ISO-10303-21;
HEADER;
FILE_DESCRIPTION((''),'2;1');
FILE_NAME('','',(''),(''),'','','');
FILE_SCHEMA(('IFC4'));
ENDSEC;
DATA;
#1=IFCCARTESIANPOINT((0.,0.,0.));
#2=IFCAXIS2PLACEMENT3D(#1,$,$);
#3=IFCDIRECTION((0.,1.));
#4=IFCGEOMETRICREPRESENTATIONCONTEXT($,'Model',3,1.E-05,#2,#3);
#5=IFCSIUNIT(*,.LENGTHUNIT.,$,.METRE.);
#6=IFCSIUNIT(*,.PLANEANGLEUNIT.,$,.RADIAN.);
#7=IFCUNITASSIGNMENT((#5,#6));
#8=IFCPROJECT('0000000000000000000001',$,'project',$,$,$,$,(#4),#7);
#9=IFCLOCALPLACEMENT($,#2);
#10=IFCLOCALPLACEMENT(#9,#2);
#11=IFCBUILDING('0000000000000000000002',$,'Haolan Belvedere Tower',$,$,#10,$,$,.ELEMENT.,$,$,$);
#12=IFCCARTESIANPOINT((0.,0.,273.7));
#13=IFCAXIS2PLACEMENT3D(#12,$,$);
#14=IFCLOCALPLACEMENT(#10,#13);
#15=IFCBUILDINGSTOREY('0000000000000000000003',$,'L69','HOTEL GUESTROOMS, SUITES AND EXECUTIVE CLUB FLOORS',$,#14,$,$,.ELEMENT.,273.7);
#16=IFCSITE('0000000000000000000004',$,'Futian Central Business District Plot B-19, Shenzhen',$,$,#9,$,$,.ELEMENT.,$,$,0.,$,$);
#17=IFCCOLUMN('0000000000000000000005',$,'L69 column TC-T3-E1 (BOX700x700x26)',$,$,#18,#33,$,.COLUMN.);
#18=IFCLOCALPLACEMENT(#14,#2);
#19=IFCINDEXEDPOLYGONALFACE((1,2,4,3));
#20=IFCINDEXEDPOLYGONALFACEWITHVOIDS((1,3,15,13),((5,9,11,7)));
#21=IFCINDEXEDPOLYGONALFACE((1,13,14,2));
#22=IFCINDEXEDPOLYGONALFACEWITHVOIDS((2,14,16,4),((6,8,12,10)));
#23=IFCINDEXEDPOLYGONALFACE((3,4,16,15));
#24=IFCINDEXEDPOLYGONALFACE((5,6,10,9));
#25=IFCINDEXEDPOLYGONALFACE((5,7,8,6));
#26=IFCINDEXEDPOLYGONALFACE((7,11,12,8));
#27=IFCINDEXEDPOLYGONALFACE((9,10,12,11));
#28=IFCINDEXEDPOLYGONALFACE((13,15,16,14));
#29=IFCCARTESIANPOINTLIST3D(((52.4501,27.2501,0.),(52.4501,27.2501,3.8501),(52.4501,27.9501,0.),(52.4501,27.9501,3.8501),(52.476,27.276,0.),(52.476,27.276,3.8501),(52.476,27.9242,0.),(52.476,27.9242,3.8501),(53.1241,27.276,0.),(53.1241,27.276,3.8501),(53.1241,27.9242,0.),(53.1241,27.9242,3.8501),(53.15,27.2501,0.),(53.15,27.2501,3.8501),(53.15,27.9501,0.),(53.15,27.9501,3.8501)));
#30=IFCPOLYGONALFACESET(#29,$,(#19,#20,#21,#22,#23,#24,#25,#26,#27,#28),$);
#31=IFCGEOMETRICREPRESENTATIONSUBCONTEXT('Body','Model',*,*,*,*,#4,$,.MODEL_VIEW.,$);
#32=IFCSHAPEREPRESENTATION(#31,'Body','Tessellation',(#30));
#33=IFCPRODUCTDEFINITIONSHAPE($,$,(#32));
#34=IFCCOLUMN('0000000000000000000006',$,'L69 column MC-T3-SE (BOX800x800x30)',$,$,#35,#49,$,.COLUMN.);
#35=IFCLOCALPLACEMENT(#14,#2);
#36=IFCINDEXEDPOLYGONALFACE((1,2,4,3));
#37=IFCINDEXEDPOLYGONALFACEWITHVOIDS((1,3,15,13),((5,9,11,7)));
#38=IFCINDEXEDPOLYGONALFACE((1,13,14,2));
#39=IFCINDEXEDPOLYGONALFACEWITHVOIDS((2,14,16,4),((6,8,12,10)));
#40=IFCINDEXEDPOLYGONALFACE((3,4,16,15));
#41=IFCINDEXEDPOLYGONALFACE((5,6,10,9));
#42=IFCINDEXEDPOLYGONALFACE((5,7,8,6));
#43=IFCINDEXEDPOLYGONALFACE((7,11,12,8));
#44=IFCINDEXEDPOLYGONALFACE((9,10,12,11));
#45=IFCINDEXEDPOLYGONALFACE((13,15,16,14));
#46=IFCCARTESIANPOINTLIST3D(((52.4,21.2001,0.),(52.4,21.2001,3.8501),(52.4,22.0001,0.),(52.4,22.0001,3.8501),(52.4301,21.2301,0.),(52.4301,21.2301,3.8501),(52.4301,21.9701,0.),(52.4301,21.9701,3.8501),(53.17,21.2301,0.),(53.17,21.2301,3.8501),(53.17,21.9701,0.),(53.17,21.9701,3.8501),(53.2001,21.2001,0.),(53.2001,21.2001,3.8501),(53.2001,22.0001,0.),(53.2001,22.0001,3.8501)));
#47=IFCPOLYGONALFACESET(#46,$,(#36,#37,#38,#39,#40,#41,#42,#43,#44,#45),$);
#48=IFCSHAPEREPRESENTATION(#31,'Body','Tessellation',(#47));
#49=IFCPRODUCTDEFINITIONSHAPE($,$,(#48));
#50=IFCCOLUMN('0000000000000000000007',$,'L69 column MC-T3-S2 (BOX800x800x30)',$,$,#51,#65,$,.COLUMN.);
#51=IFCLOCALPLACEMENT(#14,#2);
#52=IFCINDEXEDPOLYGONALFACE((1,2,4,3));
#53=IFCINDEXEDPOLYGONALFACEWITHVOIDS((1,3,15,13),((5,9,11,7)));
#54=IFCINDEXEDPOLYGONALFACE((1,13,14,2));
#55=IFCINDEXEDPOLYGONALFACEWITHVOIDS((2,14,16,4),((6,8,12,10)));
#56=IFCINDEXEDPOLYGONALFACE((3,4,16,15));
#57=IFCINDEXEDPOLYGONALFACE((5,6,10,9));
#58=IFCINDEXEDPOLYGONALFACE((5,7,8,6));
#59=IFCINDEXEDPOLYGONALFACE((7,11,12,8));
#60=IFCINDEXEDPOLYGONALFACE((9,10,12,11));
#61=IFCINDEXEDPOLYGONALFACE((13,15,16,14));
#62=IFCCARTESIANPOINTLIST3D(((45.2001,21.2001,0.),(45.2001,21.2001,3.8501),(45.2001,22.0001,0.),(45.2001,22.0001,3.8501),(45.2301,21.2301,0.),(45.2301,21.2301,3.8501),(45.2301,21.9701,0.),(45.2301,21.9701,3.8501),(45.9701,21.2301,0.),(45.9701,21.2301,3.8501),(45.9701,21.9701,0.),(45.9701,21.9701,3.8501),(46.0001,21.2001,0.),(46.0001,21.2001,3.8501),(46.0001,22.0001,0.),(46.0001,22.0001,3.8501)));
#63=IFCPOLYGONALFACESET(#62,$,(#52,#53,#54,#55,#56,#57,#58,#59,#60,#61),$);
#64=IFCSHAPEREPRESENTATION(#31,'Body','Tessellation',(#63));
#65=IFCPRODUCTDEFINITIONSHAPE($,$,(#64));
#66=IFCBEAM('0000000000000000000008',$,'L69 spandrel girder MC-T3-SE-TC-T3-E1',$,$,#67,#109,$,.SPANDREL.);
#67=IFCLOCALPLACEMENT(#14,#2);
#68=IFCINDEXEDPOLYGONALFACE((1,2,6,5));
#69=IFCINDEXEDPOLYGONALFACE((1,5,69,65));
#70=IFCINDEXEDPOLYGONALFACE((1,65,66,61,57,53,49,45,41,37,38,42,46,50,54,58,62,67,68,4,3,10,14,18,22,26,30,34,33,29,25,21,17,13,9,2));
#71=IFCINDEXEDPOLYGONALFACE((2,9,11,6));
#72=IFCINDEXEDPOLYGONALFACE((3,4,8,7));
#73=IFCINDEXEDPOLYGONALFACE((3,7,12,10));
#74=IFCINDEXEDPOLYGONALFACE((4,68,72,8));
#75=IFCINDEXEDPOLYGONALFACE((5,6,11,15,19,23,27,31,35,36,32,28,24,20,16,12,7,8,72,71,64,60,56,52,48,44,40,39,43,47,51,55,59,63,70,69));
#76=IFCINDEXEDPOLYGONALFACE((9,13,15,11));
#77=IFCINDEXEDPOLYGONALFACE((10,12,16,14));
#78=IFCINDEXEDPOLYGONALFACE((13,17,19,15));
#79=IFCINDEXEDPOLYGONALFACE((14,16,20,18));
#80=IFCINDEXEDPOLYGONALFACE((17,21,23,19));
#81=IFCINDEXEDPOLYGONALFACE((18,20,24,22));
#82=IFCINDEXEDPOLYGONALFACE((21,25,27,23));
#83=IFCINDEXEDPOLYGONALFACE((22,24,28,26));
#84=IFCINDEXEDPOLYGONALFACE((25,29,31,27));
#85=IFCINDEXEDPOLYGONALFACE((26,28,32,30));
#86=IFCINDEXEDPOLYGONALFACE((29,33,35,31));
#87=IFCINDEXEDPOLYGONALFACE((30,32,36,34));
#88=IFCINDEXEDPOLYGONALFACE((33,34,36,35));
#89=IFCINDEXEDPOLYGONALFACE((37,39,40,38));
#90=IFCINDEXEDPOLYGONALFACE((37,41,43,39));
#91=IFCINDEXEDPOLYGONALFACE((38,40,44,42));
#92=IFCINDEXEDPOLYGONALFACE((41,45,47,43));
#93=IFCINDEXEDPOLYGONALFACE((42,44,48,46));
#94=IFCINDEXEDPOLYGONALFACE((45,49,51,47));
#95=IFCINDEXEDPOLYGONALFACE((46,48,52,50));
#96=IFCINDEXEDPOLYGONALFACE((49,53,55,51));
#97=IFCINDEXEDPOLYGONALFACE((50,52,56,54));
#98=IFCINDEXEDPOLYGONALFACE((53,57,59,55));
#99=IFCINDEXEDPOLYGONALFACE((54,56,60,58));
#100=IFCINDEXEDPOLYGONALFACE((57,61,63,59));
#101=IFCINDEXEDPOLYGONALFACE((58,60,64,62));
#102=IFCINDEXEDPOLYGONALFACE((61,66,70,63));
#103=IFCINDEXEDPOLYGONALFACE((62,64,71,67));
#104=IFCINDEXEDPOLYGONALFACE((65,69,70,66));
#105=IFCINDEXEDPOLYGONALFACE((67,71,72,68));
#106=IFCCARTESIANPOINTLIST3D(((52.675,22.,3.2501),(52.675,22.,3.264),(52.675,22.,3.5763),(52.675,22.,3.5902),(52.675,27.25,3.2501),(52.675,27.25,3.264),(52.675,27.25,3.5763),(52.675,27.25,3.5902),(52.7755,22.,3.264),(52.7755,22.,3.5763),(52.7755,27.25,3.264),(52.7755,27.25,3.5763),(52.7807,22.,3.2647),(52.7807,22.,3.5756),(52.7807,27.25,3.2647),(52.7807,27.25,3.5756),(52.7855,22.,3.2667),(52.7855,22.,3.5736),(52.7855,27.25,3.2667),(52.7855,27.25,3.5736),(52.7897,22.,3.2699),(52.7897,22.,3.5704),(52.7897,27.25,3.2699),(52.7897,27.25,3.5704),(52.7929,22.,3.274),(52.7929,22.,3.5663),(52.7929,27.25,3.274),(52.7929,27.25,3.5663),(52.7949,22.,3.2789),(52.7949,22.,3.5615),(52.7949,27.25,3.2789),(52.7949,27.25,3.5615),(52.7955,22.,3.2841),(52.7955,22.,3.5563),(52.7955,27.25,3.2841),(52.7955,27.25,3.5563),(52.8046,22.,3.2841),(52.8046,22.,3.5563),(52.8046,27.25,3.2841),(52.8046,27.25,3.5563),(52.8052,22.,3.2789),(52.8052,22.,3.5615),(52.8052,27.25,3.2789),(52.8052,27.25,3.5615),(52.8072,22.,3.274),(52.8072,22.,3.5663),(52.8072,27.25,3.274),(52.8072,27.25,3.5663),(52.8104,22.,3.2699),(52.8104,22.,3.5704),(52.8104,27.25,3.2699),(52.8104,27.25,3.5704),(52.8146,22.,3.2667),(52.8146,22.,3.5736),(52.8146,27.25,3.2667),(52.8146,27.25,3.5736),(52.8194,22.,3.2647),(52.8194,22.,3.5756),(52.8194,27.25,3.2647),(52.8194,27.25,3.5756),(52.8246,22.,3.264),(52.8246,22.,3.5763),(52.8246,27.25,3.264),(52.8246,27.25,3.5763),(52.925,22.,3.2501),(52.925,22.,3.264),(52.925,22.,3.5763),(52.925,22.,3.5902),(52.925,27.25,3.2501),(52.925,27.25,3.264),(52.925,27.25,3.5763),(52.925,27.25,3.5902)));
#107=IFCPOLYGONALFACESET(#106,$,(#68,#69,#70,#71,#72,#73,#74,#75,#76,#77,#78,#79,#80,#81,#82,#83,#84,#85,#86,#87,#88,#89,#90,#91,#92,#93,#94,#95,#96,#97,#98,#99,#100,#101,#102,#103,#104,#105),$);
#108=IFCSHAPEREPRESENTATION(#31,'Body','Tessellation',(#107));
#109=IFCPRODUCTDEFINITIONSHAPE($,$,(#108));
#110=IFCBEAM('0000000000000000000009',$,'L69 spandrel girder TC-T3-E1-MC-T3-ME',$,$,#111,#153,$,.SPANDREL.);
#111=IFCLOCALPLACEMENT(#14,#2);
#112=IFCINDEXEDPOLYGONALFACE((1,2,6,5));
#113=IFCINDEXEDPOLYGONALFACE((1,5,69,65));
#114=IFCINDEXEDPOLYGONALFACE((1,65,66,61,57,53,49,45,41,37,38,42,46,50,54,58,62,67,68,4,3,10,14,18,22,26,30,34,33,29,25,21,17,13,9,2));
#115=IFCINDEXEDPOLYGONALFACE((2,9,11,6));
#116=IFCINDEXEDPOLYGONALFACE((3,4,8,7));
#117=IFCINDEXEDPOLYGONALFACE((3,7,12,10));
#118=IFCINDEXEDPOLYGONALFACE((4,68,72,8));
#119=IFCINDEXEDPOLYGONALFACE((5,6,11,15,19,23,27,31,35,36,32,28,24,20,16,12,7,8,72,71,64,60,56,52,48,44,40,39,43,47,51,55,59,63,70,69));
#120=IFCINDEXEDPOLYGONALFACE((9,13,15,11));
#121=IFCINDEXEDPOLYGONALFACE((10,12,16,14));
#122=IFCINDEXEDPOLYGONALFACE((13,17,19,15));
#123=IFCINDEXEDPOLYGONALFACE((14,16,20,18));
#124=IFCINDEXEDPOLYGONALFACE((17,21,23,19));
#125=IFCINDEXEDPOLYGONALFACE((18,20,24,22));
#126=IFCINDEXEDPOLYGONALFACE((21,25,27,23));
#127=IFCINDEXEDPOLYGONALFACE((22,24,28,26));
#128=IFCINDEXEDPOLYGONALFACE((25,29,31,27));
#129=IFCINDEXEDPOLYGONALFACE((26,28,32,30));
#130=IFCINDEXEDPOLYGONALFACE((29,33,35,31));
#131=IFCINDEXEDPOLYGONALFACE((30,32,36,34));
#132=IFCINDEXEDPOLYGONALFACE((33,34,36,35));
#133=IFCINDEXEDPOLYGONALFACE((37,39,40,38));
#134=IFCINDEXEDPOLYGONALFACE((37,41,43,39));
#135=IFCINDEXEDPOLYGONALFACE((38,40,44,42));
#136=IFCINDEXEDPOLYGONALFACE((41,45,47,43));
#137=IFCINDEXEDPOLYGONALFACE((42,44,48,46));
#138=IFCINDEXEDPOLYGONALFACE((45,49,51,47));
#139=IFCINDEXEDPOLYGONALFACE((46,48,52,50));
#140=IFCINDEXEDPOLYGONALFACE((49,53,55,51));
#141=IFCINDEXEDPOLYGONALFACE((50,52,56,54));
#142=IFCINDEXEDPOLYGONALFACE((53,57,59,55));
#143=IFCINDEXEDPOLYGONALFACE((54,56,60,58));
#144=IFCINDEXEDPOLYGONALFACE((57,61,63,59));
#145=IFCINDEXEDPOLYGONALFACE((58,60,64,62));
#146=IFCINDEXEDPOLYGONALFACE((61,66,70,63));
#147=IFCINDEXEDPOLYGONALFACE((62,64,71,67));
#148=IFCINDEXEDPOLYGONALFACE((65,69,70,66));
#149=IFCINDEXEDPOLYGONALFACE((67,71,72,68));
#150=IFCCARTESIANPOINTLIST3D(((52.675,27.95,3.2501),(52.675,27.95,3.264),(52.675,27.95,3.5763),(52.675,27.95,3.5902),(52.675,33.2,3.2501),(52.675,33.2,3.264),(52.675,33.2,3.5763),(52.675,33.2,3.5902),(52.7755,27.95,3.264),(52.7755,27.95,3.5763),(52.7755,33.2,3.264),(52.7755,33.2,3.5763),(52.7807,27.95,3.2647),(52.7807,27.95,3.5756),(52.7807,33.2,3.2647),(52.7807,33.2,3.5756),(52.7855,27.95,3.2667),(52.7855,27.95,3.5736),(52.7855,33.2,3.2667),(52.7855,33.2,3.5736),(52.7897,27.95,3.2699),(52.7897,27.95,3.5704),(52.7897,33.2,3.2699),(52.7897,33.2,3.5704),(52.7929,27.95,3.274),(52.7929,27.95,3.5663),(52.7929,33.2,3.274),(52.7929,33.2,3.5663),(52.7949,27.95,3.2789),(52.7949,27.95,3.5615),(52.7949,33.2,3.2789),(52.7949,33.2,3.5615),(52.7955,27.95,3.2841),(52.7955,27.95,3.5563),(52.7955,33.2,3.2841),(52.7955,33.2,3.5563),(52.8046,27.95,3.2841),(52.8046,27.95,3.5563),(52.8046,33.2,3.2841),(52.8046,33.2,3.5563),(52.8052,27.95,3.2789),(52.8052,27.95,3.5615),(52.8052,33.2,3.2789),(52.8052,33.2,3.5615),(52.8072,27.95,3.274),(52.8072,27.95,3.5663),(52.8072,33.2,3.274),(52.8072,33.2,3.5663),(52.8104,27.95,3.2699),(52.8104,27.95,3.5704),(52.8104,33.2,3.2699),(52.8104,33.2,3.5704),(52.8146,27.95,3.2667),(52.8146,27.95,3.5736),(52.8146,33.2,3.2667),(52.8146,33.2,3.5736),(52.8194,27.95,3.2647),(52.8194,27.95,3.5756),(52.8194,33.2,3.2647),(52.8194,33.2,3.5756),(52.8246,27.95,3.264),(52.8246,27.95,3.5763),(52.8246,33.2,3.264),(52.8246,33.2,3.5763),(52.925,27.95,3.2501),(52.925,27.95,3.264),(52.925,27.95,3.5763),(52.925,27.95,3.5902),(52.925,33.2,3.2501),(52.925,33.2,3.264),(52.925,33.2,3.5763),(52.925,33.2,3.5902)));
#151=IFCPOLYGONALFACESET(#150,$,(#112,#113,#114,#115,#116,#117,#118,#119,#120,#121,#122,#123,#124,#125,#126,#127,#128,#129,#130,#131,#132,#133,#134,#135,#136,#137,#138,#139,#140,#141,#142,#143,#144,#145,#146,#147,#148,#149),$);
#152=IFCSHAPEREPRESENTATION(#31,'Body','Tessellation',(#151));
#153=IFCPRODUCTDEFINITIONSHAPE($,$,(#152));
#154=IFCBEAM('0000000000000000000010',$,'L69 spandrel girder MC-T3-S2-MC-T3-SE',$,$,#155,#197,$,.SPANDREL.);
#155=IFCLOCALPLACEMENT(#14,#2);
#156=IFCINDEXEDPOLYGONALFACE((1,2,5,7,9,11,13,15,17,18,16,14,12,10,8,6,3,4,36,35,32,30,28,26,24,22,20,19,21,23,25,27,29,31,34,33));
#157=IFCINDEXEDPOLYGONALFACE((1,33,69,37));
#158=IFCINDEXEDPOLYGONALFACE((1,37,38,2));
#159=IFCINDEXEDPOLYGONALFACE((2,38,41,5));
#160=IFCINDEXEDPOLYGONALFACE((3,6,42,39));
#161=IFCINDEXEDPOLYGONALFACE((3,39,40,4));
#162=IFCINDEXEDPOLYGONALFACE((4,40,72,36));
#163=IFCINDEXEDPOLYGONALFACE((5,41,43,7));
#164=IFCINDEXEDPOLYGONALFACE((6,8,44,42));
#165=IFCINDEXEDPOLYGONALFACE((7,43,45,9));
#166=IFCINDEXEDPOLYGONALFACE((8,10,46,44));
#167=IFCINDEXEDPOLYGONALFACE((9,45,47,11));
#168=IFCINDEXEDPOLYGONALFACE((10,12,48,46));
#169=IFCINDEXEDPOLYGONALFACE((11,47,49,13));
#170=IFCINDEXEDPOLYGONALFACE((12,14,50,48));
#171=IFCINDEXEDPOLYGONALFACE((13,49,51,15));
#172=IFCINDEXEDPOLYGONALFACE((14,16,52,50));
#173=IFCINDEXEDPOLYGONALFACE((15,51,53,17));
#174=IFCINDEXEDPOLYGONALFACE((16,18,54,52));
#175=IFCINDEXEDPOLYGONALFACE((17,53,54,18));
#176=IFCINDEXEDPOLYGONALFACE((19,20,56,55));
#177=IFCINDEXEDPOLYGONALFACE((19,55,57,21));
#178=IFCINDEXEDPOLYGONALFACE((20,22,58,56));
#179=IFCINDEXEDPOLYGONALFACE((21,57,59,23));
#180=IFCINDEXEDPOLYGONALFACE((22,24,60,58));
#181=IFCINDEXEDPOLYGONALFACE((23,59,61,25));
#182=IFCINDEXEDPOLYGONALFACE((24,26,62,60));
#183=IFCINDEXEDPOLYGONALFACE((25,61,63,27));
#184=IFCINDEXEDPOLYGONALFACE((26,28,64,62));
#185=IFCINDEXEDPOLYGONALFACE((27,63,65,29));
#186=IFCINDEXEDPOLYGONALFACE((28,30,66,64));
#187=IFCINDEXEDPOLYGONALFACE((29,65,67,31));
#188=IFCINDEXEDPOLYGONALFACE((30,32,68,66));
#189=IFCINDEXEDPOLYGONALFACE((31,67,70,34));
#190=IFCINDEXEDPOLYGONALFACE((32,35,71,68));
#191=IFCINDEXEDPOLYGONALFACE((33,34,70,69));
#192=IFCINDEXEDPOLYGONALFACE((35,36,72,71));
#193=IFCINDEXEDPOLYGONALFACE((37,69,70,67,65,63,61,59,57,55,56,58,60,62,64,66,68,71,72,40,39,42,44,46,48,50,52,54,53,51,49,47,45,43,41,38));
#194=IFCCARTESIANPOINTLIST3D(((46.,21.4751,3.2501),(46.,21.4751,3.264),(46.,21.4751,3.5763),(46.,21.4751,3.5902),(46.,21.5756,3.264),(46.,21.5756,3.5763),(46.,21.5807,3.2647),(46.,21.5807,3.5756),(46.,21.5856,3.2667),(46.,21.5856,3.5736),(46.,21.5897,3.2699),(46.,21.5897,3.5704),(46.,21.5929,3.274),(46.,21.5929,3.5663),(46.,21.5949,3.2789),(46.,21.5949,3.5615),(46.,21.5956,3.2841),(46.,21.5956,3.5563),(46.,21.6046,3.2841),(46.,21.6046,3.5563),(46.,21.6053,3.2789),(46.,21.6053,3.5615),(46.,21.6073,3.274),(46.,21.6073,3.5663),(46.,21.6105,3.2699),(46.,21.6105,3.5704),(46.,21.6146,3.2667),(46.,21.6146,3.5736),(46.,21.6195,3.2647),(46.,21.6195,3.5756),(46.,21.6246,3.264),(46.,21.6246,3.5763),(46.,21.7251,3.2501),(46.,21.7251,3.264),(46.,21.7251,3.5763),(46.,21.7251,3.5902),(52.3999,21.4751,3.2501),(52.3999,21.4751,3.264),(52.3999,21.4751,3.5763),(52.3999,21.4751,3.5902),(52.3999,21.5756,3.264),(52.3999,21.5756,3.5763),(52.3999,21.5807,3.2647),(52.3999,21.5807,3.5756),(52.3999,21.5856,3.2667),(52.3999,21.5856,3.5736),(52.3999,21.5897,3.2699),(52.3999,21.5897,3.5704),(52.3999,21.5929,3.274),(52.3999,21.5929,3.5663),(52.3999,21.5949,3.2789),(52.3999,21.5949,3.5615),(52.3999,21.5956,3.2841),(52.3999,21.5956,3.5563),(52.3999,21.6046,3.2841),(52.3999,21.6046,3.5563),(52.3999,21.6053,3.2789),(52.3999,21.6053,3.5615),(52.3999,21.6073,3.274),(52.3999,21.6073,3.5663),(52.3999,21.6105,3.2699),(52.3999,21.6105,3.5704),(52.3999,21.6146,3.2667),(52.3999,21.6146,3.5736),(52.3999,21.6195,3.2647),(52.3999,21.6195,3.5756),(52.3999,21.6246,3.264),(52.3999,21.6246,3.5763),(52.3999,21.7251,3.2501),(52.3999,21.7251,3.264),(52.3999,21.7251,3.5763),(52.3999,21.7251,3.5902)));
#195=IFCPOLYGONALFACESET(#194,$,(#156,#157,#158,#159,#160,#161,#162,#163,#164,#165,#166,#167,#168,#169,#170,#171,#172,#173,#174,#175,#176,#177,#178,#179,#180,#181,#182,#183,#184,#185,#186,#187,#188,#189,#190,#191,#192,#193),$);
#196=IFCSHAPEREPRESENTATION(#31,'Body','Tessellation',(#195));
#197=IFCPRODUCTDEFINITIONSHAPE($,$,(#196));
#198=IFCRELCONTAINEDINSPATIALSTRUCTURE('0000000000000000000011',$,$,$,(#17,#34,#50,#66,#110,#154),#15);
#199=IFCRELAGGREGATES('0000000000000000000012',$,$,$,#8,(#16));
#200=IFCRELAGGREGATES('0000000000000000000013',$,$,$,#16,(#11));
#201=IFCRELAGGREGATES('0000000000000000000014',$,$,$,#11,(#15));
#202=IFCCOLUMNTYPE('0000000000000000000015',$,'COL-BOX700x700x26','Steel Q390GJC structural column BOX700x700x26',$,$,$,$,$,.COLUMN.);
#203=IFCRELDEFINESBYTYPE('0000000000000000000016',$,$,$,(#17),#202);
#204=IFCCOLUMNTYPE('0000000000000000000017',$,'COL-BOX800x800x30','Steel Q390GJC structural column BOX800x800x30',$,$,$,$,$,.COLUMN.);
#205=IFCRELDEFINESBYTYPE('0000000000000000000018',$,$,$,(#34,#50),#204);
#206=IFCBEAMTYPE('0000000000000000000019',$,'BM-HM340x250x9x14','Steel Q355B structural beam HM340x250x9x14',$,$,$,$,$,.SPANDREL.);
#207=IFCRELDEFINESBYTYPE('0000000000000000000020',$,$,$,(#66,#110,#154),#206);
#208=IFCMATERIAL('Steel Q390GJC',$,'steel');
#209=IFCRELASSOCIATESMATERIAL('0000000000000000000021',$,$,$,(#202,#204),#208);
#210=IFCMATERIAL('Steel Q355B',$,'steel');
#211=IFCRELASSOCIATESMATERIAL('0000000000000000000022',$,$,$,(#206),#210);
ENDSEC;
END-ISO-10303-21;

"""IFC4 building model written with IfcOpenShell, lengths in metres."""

from ifc_helpers import new_model, si_unit, direction, frame, origin, origin_2d, place, context, subcontext, project, spatial, hollow_rectangle, i_section, extrude, material, material_profile, profile_set, type_object, element, save


model = new_model("IFC4")

# Units and contexts
model_context = context("Model", 3, precision=1e-05, world=origin(), true_north=direction((0.0, 1.0)))
body_context = subcontext(model_context, "Body", "Model", "MODEL_VIEW")
ifc_project = project(units=[si_unit("LENGTHUNIT", "METRE"), si_unit("PLANEANGLEUNIT", "RADIAN")], contexts=[model_context])

# Site, building, storey
site_placement = place(None, origin())
site = spatial("IfcSite", under=ifc_project, at=site_placement, Name="Futian Central Business District Plot B-19, Shenzhen", CompositionType="ELEMENT", RefElevation=0.0)
building_placement = place(site_placement, origin())
building = spatial("IfcBuilding", under=site, at=building_placement, Name="Haolan Belvedere Tower", CompositionType="ELEMENT")
storey_placement = place(building_placement, frame((0.0, 0.0, 273.7)))
storey = spatial("IfcBuildingStorey", under=building, at=storey_placement, Name="L69", Description="HOTEL GUESTROOMS, SUITES AND EXECUTIVE CLUB FLOORS", CompositionType="ELEMENT", Elevation=273.7)

# Columns
ifc_material_1 = material(Name="Steel Q390GJC", Category="steel")
ifc_material_profile_1 = material_profile(ifc_material_1, hollow_rectangle(XDim=0.7, YDim=0.7, WallThickness=0.0259, at=origin_2d()), Name="Steel Q390GJC")
ifc_profile_set_1 = profile_set([ifc_material_profile_1], Name="Steel Q390GJC")
column_type_1 = type_object("IfcColumnType", Name="COL-BOX700x700x26", Description="Steel Q390GJC structural column BOX700x700x26", PredefinedType="COLUMN", material=ifc_profile_set_1)
column_placement = place(storey_placement, frame((52.8, 27.6001, 0.0), z_axis=(0.0, 0.0, 1.0), x_axis=(1.0, 0.0, 0.0)))
element("IfcColumn", 1, at=column_placement, inside=storey, type_object=column_type_1, Name="L69 column TC-T3-E1 (BOX700x700x26)", PredefinedType="COLUMN", context=body_context, shape_type="SweptSolid", body=[
    extrude(hollow_rectangle(XDim=0.7, YDim=0.7, WallThickness=0.0259, at=origin_2d()), origin(), (0.0, 0.0, 1.0), 3.8501),
])
ifc_material_profile_2 = material_profile(ifc_material_1, hollow_rectangle(XDim=0.8, YDim=0.8, WallThickness=0.03, at=origin_2d()), Name="Steel Q390GJC")
ifc_profile_set_2 = profile_set([ifc_material_profile_2], Name="Steel Q390GJC")
column_type_2 = type_object("IfcColumnType", Name="COL-BOX800x800x30", Description="Steel Q390GJC structural column BOX800x800x30", PredefinedType="COLUMN", material=ifc_profile_set_2)
for number, where, z_axis, x_axis, name in (
    (2, (52.8, 21.6001, 0.0), (0.0, 0.0, 1.0), (1.0, 0.0, 0.0), "L69 column MC-T3-SE (BOX800x800x30)"),
    (3, (45.6001, 21.6001, 0.0), (0.0, 0.0, 1.0), (1.0, 0.0, 0.0), "L69 column MC-T3-S2 (BOX800x800x30)"),
):
    element("IfcColumn", number, at=place(storey_placement, frame(where, z_axis=z_axis, x_axis=x_axis)), inside=storey, type_object=column_type_2, Name=name, PredefinedType="COLUMN", context=body_context, shape_type="SweptSolid", body=[
        extrude(hollow_rectangle(XDim=0.8, YDim=0.8, WallThickness=0.03, at=origin_2d()), origin(), (0.0, 0.0, 1.0), 3.8501),
    ])

# Beams
ifc_material_2 = material(Name="Steel Q355B", Category="steel")
ifc_material_profile_3 = material_profile(ifc_material_2, i_section(OverallWidth=0.25, OverallDepth=0.3401, WebThickness=0.009, FlangeThickness=0.0139, FilletRadius=0.02, at=origin_2d()), Name="Steel Q355B")
ifc_profile_set_3 = profile_set([ifc_material_profile_3], Name="Steel Q355B")
beam_type_1 = type_object("IfcBeamType", Name="BM-HM340x250x9x14", Description="Steel Q355B structural beam HM340x250x9x14", PredefinedType="SPANDREL", material=ifc_profile_set_3)
for number, where, z_axis, x_axis, name in (
    (4, (52.8, 22.0, 3.4202), (0.0, 1.0, 0.0), (-1.0, 0.0, 0.0), "L69 spandrel girder MC-T3-SE-TC-T3-E1"),
    (5, (52.8, 27.95, 3.4202), (0.0, 1.0, 0.0), (-1.0, 0.0, 0.0), "L69 spandrel girder TC-T3-E1-MC-T3-ME"),
):
    element("IfcBeam", number, at=place(storey_placement, frame(where, z_axis=z_axis, x_axis=x_axis)), inside=storey, type_object=beam_type_1, Name=name, PredefinedType="SPANDREL", context=body_context, shape_type="SweptSolid", body=[
        extrude(i_section(OverallWidth=0.25, OverallDepth=0.3401, WebThickness=0.009, FlangeThickness=0.0139, FilletRadius=0.02, at=origin_2d()), origin(), (0.0, 0.0, 1.0), 5.25),
    ])
beam_1_placement = place(storey_placement, frame((46.0, 21.6001, 3.4202), z_axis=(1.0, 0.0, 0.0), x_axis=(0.0, 1.0, 0.0)))
element("IfcBeam", 6, at=beam_1_placement, inside=storey, type_object=beam_type_1, Name="L69 spandrel girder MC-T3-S2-MC-T3-SE", PredefinedType="SPANDREL", context=body_context, shape_type="SweptSolid", body=[
    extrude(i_section(OverallWidth=0.25, OverallDepth=0.3401, WebThickness=0.009, FlangeThickness=0.0139, FilletRadius=0.02, at=origin_2d()), origin(), (0.0, 0.0, 1.0), 6.3999),
])

save(model, "model.ifc")
